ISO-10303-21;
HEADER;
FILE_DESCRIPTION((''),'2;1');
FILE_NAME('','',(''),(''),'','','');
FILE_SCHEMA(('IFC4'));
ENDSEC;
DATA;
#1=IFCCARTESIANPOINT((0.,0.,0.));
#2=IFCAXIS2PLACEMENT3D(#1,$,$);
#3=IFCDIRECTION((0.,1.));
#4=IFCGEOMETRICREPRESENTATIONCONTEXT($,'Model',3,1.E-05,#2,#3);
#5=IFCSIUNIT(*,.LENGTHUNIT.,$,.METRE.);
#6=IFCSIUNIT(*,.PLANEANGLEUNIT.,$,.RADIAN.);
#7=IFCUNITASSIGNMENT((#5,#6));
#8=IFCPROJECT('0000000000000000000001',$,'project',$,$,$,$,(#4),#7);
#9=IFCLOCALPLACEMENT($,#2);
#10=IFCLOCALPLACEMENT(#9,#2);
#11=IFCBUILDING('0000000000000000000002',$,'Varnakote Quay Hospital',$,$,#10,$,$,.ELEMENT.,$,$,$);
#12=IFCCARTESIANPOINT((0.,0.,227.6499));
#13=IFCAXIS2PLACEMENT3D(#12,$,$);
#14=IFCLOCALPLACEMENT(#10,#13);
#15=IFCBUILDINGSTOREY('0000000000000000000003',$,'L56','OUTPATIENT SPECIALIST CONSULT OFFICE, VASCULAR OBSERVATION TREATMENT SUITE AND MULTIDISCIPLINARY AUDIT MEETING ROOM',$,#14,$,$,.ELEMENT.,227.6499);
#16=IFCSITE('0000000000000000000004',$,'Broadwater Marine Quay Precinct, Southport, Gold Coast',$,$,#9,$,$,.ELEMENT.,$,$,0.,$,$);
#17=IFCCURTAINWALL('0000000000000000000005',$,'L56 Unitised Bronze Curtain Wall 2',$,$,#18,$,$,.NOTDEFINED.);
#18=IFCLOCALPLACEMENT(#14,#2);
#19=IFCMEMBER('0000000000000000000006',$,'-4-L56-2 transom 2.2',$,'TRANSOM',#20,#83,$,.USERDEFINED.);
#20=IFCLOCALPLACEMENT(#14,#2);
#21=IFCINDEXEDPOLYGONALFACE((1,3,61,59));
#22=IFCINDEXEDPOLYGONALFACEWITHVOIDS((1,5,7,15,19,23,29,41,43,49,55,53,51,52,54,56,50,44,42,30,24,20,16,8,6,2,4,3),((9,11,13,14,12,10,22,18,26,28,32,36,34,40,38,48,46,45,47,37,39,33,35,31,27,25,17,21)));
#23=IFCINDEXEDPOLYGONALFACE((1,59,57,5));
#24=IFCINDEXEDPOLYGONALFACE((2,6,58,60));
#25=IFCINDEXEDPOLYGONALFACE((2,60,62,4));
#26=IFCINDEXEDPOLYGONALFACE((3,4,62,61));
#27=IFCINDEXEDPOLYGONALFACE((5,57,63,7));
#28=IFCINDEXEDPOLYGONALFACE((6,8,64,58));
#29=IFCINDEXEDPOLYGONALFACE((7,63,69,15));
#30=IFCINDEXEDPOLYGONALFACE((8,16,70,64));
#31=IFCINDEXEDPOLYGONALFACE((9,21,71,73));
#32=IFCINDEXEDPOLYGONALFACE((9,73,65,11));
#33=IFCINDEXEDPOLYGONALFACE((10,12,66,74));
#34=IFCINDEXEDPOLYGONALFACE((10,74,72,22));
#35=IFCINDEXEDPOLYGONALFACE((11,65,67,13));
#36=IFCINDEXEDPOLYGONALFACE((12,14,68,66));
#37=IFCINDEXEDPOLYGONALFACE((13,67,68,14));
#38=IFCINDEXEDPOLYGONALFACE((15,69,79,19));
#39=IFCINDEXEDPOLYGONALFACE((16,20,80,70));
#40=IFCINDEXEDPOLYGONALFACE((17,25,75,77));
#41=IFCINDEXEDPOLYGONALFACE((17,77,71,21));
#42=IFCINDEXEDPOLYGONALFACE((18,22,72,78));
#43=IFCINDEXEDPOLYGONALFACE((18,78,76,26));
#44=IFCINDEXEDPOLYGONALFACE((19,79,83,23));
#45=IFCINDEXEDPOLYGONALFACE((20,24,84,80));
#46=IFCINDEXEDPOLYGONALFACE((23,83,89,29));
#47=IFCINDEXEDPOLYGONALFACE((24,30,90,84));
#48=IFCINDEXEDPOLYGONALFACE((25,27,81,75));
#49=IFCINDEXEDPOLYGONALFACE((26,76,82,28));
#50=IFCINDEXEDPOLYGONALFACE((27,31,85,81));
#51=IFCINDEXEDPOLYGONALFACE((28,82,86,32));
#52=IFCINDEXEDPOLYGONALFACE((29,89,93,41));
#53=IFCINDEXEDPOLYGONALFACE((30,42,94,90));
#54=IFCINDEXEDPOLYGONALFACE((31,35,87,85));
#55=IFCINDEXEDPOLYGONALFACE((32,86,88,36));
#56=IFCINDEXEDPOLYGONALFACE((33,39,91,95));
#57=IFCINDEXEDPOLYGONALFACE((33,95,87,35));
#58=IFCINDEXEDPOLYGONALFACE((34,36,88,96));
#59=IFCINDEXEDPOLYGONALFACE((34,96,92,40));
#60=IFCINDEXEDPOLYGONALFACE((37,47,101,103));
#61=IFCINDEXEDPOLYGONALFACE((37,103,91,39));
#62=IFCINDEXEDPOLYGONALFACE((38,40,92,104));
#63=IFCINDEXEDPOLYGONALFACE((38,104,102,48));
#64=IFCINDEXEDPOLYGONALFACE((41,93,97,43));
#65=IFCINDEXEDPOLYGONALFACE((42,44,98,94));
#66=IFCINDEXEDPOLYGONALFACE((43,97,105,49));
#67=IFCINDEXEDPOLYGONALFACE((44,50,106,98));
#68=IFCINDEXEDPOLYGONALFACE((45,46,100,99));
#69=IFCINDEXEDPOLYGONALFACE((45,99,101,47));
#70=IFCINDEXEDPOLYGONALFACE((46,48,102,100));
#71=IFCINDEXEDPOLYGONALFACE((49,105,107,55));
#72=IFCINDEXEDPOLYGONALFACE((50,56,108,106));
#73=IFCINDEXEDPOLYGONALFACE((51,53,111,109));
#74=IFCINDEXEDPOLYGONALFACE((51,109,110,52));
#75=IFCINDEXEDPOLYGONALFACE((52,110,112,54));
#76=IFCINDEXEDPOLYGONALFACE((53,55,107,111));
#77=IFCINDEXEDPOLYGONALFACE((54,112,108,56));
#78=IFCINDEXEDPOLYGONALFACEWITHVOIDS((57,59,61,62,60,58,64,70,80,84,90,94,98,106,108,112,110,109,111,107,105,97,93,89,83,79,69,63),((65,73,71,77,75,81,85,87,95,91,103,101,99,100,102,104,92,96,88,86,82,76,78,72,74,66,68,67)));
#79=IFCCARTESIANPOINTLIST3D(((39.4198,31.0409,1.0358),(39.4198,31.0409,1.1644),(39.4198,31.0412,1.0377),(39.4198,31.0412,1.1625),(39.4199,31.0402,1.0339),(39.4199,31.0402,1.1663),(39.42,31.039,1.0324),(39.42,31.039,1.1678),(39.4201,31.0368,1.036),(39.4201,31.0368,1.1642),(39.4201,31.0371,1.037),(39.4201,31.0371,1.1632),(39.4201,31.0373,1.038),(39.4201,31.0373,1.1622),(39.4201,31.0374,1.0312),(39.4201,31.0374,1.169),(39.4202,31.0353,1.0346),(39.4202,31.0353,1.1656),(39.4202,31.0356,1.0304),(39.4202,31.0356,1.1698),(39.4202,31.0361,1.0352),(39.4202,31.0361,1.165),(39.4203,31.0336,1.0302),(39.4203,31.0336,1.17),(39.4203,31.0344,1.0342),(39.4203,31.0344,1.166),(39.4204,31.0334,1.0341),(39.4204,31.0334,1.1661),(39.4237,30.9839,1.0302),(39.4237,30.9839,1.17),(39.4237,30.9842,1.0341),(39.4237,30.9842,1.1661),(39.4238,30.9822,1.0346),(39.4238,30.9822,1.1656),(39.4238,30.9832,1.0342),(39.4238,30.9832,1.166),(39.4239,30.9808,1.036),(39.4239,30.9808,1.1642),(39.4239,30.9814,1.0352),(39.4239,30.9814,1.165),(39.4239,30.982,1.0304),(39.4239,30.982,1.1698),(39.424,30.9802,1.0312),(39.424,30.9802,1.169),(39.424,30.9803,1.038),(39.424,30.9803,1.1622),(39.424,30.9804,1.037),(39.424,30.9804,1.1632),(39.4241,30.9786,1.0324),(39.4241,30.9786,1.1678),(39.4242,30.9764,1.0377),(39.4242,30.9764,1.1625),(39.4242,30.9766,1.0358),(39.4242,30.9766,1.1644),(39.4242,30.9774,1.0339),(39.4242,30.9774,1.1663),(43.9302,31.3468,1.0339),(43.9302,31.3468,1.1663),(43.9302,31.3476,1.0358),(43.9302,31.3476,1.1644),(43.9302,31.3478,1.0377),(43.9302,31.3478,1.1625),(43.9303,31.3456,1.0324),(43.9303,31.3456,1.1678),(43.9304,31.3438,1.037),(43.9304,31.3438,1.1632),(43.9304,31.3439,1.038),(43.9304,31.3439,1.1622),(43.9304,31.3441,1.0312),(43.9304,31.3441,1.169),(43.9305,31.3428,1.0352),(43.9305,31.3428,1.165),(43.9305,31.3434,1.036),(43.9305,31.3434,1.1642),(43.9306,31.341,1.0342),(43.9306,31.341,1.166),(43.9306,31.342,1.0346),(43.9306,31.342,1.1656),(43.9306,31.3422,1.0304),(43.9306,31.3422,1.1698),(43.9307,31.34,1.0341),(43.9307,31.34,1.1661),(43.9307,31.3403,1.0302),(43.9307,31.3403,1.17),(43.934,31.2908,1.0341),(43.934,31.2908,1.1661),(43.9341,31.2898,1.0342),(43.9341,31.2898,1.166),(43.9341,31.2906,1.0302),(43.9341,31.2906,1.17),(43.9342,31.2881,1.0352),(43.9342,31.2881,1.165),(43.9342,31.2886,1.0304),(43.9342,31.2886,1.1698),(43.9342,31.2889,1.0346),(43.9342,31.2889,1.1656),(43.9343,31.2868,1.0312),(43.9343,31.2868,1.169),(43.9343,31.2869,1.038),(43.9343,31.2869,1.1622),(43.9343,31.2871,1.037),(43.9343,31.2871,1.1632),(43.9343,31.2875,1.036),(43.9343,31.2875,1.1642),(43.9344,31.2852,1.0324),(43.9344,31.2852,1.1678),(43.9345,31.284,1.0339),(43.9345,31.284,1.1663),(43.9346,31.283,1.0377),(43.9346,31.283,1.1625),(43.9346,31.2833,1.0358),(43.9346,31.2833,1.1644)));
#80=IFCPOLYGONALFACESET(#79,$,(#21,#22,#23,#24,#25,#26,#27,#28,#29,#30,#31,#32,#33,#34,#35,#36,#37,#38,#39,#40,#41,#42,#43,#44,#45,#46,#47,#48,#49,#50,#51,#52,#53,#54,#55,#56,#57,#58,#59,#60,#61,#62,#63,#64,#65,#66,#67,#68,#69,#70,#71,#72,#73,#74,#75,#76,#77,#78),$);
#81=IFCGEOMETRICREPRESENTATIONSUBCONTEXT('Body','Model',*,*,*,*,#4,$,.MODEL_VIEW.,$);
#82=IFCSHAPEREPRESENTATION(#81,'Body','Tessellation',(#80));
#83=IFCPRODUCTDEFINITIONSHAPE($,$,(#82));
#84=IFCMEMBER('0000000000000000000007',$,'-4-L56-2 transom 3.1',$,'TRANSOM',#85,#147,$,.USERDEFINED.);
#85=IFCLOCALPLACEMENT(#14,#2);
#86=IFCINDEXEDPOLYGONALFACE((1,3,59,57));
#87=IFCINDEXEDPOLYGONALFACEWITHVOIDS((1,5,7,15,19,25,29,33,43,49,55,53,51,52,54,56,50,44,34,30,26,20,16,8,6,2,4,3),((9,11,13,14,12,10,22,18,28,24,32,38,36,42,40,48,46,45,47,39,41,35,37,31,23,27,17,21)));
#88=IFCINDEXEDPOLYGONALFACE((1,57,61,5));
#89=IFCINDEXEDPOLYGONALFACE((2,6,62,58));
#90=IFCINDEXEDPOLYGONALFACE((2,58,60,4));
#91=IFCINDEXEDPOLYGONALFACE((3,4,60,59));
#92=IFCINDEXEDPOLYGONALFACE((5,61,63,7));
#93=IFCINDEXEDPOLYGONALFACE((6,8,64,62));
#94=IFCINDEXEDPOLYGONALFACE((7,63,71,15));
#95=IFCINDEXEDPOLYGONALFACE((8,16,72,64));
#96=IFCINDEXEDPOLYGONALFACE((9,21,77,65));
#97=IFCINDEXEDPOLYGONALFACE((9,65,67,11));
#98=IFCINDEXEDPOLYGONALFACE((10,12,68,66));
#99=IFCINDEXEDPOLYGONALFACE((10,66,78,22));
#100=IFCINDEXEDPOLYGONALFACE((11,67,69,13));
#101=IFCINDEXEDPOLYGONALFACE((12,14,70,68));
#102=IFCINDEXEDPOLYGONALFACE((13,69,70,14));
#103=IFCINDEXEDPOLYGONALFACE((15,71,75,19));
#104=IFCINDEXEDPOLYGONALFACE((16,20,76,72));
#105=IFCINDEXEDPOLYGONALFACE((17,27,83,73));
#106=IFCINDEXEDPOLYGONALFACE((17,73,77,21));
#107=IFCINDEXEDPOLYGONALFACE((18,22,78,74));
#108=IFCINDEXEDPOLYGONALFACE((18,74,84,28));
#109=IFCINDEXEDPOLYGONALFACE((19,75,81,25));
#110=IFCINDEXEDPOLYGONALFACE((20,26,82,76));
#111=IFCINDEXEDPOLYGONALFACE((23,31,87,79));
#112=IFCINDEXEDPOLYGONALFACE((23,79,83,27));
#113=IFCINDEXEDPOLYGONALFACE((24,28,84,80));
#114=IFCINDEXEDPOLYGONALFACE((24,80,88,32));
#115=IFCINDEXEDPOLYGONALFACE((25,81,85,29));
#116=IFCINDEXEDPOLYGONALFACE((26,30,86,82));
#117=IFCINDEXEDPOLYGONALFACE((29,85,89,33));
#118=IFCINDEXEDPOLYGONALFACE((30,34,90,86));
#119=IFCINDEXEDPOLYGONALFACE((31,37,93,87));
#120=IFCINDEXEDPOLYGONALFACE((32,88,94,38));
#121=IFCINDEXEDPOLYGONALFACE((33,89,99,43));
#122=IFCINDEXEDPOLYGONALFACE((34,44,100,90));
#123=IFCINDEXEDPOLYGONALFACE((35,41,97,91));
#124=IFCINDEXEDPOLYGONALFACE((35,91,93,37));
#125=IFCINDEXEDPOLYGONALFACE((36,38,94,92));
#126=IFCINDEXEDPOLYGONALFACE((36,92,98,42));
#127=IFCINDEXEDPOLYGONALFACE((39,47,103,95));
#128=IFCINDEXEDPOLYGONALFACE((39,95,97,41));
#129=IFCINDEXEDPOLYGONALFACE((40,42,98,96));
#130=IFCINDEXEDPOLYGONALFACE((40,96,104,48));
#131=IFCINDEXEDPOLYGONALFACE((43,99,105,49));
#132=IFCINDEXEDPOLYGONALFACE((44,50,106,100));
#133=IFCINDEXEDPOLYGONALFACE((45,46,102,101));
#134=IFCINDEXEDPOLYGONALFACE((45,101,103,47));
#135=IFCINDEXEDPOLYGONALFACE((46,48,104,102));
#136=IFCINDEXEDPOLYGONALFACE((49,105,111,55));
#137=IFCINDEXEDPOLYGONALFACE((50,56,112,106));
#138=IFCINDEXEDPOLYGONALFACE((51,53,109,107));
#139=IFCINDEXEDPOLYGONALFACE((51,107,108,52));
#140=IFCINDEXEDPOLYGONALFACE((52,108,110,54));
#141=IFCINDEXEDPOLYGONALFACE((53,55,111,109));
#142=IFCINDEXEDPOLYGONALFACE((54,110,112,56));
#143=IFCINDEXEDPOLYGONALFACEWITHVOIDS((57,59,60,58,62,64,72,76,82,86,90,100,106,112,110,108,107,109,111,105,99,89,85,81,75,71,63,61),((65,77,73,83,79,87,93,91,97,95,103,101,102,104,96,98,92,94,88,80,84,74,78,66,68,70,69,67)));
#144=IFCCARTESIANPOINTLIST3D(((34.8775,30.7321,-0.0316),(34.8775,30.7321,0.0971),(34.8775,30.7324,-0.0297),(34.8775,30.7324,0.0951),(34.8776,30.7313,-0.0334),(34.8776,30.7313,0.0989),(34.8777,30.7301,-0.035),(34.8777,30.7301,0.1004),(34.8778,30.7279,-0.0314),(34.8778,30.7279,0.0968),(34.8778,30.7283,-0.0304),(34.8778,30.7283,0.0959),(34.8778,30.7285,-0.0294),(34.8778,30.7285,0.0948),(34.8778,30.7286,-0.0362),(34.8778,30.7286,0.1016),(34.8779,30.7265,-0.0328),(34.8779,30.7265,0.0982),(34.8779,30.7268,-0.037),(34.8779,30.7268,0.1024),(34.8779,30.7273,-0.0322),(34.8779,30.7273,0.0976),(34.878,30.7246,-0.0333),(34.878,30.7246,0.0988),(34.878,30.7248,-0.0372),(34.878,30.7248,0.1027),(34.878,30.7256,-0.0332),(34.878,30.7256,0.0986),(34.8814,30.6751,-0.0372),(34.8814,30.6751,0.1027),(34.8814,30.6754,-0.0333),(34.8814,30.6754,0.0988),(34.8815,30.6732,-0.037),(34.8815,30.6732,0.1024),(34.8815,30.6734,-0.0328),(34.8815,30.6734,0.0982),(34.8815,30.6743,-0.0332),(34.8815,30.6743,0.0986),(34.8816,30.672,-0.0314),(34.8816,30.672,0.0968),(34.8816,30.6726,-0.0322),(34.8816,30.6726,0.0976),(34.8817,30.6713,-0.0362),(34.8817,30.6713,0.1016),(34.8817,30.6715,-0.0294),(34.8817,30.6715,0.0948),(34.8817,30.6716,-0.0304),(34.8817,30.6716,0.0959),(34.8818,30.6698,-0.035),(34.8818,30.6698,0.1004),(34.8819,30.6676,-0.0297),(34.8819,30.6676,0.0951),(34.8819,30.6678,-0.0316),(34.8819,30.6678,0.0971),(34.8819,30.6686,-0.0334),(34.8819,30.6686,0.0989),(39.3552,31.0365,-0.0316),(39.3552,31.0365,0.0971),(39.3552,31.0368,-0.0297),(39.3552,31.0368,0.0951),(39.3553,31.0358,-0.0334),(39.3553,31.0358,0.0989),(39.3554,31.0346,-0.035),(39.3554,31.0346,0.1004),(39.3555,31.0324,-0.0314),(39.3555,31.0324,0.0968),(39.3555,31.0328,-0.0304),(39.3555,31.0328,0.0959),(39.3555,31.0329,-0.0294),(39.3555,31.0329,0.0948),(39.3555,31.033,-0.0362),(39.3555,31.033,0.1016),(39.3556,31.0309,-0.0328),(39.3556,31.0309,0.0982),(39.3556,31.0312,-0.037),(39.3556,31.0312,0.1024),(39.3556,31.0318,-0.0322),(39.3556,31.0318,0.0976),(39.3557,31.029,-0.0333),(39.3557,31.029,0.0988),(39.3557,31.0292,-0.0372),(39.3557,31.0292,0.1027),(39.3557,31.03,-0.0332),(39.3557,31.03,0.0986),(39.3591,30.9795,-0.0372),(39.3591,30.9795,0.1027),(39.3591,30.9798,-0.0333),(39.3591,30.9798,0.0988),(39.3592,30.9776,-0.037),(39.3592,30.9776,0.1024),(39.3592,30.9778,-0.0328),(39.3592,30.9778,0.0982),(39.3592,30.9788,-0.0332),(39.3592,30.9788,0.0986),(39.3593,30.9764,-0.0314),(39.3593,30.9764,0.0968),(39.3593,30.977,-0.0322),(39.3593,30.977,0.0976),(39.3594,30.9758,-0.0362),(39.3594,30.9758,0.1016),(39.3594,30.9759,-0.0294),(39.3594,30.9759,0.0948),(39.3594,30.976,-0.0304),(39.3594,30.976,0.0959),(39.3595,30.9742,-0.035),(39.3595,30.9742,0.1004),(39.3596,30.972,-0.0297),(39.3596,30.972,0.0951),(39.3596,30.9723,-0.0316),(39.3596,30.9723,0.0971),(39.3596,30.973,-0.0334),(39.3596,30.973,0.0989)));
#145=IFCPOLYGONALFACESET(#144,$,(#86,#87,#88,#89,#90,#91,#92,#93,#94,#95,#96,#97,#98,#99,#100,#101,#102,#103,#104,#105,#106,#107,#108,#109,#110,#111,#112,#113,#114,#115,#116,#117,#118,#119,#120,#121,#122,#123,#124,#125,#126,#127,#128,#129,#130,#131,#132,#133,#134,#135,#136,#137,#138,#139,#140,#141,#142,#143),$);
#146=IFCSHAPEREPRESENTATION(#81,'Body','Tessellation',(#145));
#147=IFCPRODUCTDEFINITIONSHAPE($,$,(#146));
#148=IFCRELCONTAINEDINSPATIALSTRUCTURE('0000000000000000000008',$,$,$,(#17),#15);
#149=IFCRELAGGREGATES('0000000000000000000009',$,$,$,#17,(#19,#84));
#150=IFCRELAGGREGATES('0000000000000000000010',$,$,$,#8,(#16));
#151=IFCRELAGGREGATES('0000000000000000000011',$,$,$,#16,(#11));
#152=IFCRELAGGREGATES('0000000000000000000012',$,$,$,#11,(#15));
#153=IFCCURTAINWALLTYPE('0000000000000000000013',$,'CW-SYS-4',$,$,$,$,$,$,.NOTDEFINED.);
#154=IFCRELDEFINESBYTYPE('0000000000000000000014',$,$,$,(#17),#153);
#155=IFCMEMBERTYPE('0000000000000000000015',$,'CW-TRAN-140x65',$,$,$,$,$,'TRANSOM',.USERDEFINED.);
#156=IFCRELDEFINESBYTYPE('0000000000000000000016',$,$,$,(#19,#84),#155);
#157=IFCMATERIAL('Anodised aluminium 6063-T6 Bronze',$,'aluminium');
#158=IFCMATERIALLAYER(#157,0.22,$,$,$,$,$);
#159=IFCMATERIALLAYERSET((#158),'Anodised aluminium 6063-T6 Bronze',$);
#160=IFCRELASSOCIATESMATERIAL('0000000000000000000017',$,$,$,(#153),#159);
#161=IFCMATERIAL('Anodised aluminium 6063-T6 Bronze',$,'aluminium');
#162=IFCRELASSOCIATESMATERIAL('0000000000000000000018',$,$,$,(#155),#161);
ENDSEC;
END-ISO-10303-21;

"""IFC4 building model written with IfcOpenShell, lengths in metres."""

from ifc_helpers import new_model, si_unit, direction, frame, origin, origin_2d, place, context, subcontext, project, spatial, hollow_rectangle, extrude, material, layer, layer_set, material_profile, profile_set, type_object, element, aggregate, save


model = new_model("IFC4")

# Units and contexts
model_context = context("Model", 3, precision=1e-05, world=origin(), true_north=direction((0.0, 1.0)))
body_context = subcontext(model_context, "Body", "Model", "MODEL_VIEW")
ifc_project = project(units=[si_unit("LENGTHUNIT", "METRE"), si_unit("PLANEANGLEUNIT", "RADIAN")], contexts=[model_context])

# Site, building, storey
site_placement = place(None, origin())
site = spatial("IfcSite", under=ifc_project, at=site_placement, Name="Broadwater Marine Quay Precinct, Southport, Gold Coast", CompositionType="ELEMENT", RefElevation=0.0)
building_placement = place(site_placement, origin())
building = spatial("IfcBuilding", under=site, at=building_placement, Name="Varnakote Quay Hospital", CompositionType="ELEMENT")
storey_placement = place(building_placement, frame((0.0, 0.0, 227.6499)))
storey = spatial("IfcBuildingStorey", under=building, at=storey_placement, Name="L56", Description="OUTPATIENT SPECIALIST CONSULT OFFICE, VASCULAR OBSERVATION TREATMENT SUITE AND MULTIDISCIPLINARY AUDIT MEETING ROOM", CompositionType="ELEMENT", Elevation=227.6499)

# Curtain wall, members
ifc_material_1 = material(Name="Anodised aluminium 6063-T6 Bronze", Category="aluminium")
ifc_layer_1 = layer(ifc_material_1, 0.22)
ifc_layer_set_1 = layer_set([ifc_layer_1], Name="Anodised aluminium 6063-T6 Bronze")
curtain_wall_type = type_object("IfcCurtainWallType", Name="CW-SYS-4", PredefinedType="NOTDEFINED", material=ifc_layer_set_1)
curtain_wall_placement = place(storey_placement, origin())
curtain_wall = element("IfcCurtainWall", 1, at=curtain_wall_placement, inside=storey, type_object=curtain_wall_type, Name="L56 Unitised Bronze Curtain Wall 2", PredefinedType="NOTDEFINED")
ifc_material_2 = material(Name="Anodised aluminium 6063-T6 Bronze", Category="aluminium")
ifc_material_profile_1 = material_profile(ifc_material_2, hollow_rectangle(XDim=0.0649, YDim=0.1399, WallThickness=0.0039, InnerFilletRadius=0.0039, OuterFilletRadius=0.0076, at=origin_2d()), Name="CW-TRAN-140x65")
ifc_profile_set_1 = profile_set([ifc_material_profile_1], Name="Anodised aluminium 6063-T6 Bronze")
member_type_1 = type_object("IfcMemberType", Name="CW-TRAN-140x65", ElementType="TRANSOM", PredefinedType="USERDEFINED", material=ifc_profile_set_1)
member_1_placement = place(storey_placement, frame((43.9324, 31.3154, 1.1001), z_axis=(-0.997697, -0.067831, 0.0), x_axis=(0.067831, -0.997697, 0.0)))
member_1 = element("IfcMember", 2, at=member_1_placement, type_object=member_type_1, Name="-4-L56-2 transom 2.2", ObjectType="TRANSOM", PredefinedType="USERDEFINED", context=body_context, shape_type="SweptSolid", body=[
    extrude(hollow_rectangle(XDim=0.0649, YDim=0.1399, WallThickness=0.0039, InnerFilletRadius=0.0039, OuterFilletRadius=0.0076, at=origin_2d()), origin(), (0.0, 0.0, 1.0), 4.5208),
])
member_2_placement = place(storey_placement, frame((39.3574, 31.0044, 0.0327), z_axis=(-0.997697, -0.067833, 0.0), x_axis=(0.067833, -0.997697, 0.0)))
member_2 = element("IfcMember", 3, at=member_2_placement, type_object=member_type_1, Name="-4-L56-2 transom 3.1", ObjectType="TRANSOM", PredefinedType="USERDEFINED", context=body_context, shape_type="SweptSolid", body=[
    extrude(hollow_rectangle(XDim=0.0649, YDim=0.1399, WallThickness=0.0039, InnerFilletRadius=0.0039, OuterFilletRadius=0.0076, at=origin_2d()), origin(), (0.0, 0.0, 1.0), 4.488),
])
aggregate(curtain_wall, [member_1, member_2])

save(model, "model.ifc")
